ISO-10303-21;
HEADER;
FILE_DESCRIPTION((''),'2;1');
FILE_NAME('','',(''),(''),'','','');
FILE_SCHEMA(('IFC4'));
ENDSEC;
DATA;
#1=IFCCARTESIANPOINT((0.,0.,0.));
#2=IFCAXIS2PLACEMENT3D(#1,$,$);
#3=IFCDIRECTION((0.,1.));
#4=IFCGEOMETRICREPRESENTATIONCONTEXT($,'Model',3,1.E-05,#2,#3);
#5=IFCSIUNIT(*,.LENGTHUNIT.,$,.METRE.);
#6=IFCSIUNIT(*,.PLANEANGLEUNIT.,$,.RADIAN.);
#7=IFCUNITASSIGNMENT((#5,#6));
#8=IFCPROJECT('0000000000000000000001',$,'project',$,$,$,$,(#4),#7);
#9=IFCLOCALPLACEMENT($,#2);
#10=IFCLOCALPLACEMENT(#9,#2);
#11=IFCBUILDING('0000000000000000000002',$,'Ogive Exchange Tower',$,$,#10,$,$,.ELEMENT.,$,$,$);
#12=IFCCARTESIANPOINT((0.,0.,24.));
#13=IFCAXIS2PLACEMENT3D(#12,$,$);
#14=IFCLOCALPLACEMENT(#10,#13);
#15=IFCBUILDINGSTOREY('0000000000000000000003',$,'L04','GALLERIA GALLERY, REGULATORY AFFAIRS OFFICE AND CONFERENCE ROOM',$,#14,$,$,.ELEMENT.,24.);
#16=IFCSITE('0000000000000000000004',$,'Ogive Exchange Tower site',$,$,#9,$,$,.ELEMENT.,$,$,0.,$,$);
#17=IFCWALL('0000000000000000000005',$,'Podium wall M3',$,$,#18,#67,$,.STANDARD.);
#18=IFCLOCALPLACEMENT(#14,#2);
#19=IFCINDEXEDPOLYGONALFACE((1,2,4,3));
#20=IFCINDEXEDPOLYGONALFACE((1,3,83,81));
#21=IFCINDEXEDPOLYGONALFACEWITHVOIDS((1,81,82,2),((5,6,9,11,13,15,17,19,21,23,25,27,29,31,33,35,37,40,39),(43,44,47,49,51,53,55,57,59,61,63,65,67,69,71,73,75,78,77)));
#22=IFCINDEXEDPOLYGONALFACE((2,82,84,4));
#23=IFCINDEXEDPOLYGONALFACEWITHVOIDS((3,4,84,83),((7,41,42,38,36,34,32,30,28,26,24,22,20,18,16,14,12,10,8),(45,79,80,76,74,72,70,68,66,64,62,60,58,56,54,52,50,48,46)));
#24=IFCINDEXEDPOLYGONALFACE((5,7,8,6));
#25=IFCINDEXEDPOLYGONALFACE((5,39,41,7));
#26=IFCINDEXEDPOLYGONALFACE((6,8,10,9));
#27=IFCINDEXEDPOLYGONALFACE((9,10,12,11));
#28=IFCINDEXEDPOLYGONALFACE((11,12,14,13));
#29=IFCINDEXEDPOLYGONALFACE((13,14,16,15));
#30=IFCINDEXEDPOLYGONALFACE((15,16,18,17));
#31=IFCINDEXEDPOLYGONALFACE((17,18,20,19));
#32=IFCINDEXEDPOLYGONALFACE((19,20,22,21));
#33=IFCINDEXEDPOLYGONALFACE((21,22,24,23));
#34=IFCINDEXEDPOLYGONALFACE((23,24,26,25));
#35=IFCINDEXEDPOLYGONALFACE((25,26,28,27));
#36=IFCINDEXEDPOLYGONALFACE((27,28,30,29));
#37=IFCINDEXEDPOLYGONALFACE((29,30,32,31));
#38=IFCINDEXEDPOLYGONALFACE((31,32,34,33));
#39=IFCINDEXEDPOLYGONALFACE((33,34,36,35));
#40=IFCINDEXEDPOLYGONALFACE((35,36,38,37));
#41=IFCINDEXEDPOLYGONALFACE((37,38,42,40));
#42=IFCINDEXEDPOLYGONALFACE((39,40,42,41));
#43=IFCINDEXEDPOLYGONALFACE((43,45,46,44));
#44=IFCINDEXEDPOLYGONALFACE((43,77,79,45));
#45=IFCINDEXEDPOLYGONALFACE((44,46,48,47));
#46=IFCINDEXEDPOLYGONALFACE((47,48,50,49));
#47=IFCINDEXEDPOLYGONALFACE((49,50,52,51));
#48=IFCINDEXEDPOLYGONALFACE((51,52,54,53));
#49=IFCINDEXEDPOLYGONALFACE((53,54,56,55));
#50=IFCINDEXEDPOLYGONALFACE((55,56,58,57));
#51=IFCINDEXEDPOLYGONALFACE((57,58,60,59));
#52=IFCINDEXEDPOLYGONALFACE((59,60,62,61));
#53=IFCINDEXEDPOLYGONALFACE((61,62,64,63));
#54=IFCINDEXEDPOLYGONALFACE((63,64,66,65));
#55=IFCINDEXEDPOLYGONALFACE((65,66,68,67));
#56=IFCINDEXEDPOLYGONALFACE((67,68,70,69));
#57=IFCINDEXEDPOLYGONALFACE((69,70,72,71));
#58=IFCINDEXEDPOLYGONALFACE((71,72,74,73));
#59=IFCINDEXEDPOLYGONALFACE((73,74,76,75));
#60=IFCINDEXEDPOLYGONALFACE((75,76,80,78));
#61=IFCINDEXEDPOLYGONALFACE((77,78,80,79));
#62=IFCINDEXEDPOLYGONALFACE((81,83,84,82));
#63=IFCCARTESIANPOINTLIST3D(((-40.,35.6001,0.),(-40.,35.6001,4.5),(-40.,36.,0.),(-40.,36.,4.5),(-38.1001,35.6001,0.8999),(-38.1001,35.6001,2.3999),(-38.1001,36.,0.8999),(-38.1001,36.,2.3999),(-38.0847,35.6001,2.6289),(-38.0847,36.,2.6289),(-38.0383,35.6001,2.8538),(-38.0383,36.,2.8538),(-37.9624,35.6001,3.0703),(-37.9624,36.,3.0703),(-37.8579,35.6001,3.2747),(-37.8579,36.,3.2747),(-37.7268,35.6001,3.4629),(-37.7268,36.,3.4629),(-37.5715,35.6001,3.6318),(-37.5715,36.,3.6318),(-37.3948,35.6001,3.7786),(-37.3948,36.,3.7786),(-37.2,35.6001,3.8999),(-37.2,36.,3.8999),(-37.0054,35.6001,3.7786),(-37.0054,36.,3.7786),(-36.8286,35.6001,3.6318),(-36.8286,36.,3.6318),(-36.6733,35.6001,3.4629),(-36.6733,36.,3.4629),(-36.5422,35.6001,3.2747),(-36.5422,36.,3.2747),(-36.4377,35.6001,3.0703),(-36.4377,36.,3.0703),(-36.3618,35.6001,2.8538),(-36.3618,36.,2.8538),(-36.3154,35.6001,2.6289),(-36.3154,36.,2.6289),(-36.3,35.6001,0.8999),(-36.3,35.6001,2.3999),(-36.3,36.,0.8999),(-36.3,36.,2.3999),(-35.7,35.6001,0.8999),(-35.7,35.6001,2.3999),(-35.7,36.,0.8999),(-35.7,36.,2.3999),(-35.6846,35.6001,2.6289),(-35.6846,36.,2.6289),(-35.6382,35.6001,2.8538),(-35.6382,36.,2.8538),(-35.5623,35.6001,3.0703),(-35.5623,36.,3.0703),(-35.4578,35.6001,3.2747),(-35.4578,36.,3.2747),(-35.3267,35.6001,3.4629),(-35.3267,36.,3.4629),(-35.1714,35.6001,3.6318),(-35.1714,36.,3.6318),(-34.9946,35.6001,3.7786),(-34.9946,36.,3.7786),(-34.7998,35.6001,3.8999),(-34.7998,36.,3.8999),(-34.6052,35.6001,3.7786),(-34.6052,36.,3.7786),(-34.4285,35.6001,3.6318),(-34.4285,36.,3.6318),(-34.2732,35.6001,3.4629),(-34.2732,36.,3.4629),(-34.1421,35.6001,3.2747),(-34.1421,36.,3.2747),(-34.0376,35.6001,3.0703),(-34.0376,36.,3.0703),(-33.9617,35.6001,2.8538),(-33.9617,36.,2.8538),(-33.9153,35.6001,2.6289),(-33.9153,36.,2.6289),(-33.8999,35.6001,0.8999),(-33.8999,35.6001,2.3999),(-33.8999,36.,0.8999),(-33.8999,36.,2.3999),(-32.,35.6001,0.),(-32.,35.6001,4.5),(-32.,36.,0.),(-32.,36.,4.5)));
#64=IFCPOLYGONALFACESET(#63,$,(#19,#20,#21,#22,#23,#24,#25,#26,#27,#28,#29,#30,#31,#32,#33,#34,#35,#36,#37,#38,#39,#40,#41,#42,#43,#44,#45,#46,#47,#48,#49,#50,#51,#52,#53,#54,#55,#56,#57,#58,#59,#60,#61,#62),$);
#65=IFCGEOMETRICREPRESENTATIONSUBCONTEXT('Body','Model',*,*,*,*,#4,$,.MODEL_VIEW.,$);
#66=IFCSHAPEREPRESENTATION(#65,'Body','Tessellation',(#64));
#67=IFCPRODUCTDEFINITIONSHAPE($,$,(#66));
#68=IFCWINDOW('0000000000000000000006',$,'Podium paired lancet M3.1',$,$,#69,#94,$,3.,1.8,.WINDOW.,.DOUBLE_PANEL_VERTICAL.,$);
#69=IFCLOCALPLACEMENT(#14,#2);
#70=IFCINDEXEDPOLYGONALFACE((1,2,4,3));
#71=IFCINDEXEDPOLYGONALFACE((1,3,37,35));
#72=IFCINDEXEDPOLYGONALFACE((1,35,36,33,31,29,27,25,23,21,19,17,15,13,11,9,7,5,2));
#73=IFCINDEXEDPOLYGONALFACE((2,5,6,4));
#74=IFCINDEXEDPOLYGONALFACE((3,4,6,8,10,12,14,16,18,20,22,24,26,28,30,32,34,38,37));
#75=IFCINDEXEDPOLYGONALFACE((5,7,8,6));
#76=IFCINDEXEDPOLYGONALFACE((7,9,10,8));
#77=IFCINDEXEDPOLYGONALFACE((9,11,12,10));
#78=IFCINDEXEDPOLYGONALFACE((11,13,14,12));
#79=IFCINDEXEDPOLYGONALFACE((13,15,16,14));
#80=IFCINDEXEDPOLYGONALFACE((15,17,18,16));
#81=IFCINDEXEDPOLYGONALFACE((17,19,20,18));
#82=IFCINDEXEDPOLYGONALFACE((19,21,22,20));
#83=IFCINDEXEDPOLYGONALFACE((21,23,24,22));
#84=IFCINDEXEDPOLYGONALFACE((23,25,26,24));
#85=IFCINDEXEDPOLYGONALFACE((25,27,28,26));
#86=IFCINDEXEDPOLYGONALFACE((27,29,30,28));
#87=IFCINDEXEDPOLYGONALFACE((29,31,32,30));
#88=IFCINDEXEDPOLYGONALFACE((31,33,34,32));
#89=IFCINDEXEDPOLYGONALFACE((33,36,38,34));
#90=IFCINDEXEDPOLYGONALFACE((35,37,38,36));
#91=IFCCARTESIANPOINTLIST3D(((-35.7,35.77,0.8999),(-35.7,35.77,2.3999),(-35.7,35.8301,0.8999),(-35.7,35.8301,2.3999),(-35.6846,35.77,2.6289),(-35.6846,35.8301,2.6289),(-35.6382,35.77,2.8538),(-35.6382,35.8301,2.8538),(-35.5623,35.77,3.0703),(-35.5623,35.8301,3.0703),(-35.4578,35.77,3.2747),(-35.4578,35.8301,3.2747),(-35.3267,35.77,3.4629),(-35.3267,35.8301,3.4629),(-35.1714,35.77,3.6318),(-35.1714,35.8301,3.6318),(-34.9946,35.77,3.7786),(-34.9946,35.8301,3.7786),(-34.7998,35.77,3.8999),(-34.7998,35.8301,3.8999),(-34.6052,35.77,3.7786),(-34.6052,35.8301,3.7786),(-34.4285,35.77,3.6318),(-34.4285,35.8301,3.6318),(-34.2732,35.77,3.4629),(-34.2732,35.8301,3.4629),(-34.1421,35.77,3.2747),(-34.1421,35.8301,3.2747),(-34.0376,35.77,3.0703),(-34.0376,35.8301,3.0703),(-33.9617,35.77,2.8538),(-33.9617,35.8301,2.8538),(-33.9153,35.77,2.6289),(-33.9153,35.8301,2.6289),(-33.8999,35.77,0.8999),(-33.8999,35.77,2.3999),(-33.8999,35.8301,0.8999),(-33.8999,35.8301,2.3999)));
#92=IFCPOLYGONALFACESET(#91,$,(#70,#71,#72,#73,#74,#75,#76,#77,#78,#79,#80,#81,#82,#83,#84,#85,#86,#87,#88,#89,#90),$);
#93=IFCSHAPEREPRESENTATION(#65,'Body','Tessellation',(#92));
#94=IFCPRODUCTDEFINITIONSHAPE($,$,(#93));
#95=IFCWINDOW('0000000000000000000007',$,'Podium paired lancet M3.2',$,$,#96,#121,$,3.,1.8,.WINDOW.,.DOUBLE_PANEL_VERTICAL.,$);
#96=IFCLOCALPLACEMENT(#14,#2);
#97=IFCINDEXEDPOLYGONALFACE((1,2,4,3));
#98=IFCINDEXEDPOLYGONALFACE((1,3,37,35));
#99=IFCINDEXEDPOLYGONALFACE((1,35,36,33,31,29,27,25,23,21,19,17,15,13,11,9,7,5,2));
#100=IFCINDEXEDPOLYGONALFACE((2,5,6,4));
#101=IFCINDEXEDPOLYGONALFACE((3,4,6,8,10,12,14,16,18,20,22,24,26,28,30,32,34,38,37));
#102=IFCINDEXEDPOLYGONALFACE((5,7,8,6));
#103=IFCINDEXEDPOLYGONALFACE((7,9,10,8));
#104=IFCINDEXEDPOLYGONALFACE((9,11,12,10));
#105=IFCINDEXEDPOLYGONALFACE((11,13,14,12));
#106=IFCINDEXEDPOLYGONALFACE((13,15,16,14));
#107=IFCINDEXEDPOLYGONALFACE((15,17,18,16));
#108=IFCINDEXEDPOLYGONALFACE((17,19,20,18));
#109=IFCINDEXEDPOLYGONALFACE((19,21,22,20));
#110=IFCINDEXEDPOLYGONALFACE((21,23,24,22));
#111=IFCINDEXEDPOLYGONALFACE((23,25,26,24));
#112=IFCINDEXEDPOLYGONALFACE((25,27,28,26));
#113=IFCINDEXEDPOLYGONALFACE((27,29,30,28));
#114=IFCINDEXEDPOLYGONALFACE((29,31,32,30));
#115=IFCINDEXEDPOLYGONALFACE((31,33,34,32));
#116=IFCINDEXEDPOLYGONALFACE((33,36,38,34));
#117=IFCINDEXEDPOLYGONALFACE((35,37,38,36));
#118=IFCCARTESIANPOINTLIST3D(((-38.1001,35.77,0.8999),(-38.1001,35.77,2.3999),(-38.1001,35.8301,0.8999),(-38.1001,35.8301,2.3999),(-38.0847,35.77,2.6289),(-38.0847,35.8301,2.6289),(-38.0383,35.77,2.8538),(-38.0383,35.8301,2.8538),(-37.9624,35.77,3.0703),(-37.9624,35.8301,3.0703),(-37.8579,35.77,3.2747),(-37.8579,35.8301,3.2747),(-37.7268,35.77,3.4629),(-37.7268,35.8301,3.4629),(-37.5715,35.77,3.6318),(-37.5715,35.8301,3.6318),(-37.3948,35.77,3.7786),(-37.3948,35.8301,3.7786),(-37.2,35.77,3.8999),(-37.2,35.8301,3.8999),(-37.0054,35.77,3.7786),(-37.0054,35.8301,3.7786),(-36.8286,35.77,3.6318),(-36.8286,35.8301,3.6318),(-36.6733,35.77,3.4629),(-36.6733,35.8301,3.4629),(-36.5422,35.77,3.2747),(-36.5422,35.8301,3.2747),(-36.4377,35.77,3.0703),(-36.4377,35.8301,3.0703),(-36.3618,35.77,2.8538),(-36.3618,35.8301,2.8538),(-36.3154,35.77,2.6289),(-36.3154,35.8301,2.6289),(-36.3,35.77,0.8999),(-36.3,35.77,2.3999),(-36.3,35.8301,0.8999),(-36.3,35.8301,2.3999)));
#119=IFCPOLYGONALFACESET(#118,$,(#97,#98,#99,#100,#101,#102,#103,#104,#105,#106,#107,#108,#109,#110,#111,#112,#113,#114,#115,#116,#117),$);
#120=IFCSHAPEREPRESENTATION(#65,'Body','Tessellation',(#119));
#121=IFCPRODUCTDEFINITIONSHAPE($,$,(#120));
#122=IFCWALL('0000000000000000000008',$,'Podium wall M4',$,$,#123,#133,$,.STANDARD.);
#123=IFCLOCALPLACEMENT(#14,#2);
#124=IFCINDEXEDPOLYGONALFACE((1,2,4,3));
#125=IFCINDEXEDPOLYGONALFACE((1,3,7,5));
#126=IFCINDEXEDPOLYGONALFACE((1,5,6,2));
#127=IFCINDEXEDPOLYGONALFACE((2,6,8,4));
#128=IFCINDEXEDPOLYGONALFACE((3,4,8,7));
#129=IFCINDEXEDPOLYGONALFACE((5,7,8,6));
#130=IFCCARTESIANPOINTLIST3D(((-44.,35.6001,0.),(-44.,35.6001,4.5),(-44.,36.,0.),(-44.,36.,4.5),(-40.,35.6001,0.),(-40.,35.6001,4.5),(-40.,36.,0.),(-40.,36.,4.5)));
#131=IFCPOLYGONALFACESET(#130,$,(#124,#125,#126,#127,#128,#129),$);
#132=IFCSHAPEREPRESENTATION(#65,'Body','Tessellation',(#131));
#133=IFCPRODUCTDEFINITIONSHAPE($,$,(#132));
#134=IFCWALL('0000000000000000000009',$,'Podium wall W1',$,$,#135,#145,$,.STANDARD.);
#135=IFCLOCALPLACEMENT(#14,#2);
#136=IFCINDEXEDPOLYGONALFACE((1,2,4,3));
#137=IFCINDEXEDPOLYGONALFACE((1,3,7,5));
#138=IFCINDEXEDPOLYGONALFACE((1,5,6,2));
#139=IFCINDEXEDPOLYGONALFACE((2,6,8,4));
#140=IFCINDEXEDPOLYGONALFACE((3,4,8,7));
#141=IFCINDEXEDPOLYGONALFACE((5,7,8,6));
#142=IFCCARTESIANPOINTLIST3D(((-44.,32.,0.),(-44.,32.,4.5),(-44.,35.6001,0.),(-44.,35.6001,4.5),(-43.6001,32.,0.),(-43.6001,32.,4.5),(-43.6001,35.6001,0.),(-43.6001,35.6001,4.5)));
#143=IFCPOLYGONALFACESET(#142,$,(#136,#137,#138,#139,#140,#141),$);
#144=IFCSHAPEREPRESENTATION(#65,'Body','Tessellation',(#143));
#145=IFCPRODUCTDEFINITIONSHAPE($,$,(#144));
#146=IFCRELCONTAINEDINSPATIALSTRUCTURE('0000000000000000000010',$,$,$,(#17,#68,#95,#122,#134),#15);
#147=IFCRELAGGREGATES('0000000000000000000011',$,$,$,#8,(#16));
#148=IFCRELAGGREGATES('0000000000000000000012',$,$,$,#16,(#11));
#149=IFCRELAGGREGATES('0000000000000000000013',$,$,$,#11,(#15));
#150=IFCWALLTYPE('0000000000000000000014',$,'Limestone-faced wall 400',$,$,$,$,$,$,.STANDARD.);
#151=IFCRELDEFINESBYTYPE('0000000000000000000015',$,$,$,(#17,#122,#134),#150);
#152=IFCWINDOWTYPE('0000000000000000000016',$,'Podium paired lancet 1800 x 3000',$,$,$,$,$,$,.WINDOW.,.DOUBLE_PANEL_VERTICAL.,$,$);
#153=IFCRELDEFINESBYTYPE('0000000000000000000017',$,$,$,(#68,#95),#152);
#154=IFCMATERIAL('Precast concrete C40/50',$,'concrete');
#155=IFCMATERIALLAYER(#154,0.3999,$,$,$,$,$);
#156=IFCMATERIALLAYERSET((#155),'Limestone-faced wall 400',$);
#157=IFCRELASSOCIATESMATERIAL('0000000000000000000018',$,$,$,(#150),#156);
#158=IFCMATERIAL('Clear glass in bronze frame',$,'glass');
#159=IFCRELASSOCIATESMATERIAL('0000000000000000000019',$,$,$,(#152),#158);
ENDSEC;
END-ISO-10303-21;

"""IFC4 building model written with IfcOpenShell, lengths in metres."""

from ifc_helpers import new_model, si_unit, direction, frame, frame_2d, origin, place, context, subcontext, project, spatial, polyline, rectangle, outline, extrude, material, layer, layer_set, type_object, element, fill, save


model = new_model("IFC4")

# Units and contexts
model_context = context("Model", 3, precision=1e-05, world=origin(), true_north=direction((0.0, 1.0)))
body_context = subcontext(model_context, "Body", "Model", "MODEL_VIEW")
ifc_project = project(units=[si_unit("LENGTHUNIT", "METRE"), si_unit("PLANEANGLEUNIT", "RADIAN")], contexts=[model_context])

# Site, building, storey
site_placement = place(None, origin())
site = spatial("IfcSite", under=ifc_project, at=site_placement, Name="Ogive Exchange Tower site", CompositionType="ELEMENT", RefElevation=0.0)
building_placement = place(site_placement, origin())
building = spatial("IfcBuilding", under=site, at=building_placement, Name="Ogive Exchange Tower", CompositionType="ELEMENT")
storey_placement = place(building_placement, frame((0.0, 0.0, 24.0)))
storey = spatial("IfcBuildingStorey", under=building, at=storey_placement, Name="L04", Description="GALLERIA GALLERY, REGULATORY AFFAIRS OFFICE AND CONFERENCE ROOM", CompositionType="ELEMENT", Elevation=24.0)

# Wall, openings, windows
ifc_material_1 = material(Name="Precast concrete C40/50", Category="concrete")
ifc_layer_1 = layer(ifc_material_1, 0.3999)
ifc_layer_set_1 = layer_set([ifc_layer_1], Name="Limestone-faced wall 400")
wall_type_1 = type_object("IfcWallType", Name="Limestone-faced wall 400", PredefinedType="STANDARD", material=ifc_layer_set_1)
wall_1_placement = place(storey_placement, frame((-32.0, 35.8, 0.0), z_axis=(0.0, 0.0, 1.0), x_axis=(-1.0, 0.0, 0.0)))
wall_1 = element("IfcWall", 1, at=wall_1_placement, inside=storey, type_object=wall_type_1, Name="Podium wall M3", PredefinedType="STANDARD", context=body_context, shape_type="SweptSolid", body=[
    extrude(rectangle(XDim=8.0, YDim=0.3999, at=frame_2d((4.0, 0.0))), origin(), (0.0, 0.0, 1.0), 4.5),
])
opening_1_placement = place(wall_1_placement, frame((1.8999, 0.0, 0.8999)))
opening_1 = element("IfcOpeningElement", 2, at=opening_1_placement, cuts=wall_1, PredefinedType="OPENING", context=body_context, shape_type="SweptSolid", body=[
    extrude(outline(polyline([(0.0, 0.0), (1.8, 0.0), (1.8, 1.5), (1.7847, 1.729), (1.7383, 1.9539), (1.6624, 2.1704), (1.5579, 2.3748), (1.4268, 2.563), (1.2715, 2.7319), (1.0947, 2.8787), (0.8999, 3.0), (0.7053, 2.8787), (0.5286, 2.7319), (0.3733, 2.563), (0.2422, 2.3748), (0.1377, 2.1704), (0.0618, 1.9539), (0.0154, 1.729), (0.0, 1.5), (0.0, 0.0)])), frame((0.0, 0.21, 0.0), z_axis=(0.0, -1.0, 0.0), x_axis=(1.0, 0.0, 0.0)), (0.0, 0.0, 1.0), 0.4199),
])
opening_2_placement = place(wall_1_placement, frame((4.3, 0.0, 0.8999)))
opening_2 = element("IfcOpeningElement", 3, at=opening_2_placement, cuts=wall_1, PredefinedType="OPENING", context=body_context, shape_type="SweptSolid", body=[
    extrude(outline(polyline([(0.0, 0.0), (1.8, 0.0), (1.8, 1.5), (1.7847, 1.729), (1.7383, 1.9539), (1.6624, 2.1704), (1.5579, 2.3748), (1.4268, 2.563), (1.2715, 2.7319), (1.0947, 2.8787), (0.8999, 3.0), (0.7053, 2.8787), (0.5286, 2.7319), (0.3733, 2.563), (0.2422, 2.3748), (0.1377, 2.1704), (0.0618, 1.9539), (0.0154, 1.729), (0.0, 1.5), (0.0, 0.0)])), frame((0.0, 0.21, 0.0), z_axis=(0.0, -1.0, 0.0), x_axis=(1.0, 0.0, 0.0)), (0.0, 0.0, 1.0), 0.4199),
])
ifc_material_2 = material(Name="Clear glass in bronze frame", Category="glass")
window_type_1 = type_object("IfcWindowType", Name="Podium paired lancet 1800 x 3000", PartitioningType="DOUBLE_PANEL_VERTICAL", PredefinedType="WINDOW", material=ifc_material_2)
window_1_placement = place(opening_1_placement, origin())
window_1 = element("IfcWindow", 4, at=window_1_placement, inside=storey, type_object=window_type_1, Name="Podium paired lancet M3.1", OverallHeight=3.0, OverallWidth=1.8, PartitioningType="DOUBLE_PANEL_VERTICAL", PredefinedType="WINDOW", context=body_context, shape_type="SweptSolid", body=[
    extrude(outline(polyline([(0.0, 0.0), (1.8, 0.0), (1.8, 1.5), (1.7847, 1.729), (1.7383, 1.9539), (1.6624, 2.1704), (1.5579, 2.3748), (1.4268, 2.563), (1.2715, 2.7319), (1.0947, 2.8787), (0.8999, 3.0), (0.7053, 2.8787), (0.5286, 2.7319), (0.3733, 2.563), (0.2422, 2.3748), (0.1377, 2.1704), (0.0618, 1.9539), (0.0154, 1.729), (0.0, 1.5), (0.0, 0.0)])), frame((0.0, 0.03, 0.0), z_axis=(0.0, -1.0, 0.0), x_axis=(1.0, 0.0, 0.0)), (0.0, 0.0, 1.0), 0.0601),
])
fill(opening_1, window_1)
window_2_placement = place(opening_2_placement, origin())
window_2 = element("IfcWindow", 5, at=window_2_placement, inside=storey, type_object=window_type_1, Name="Podium paired lancet M3.2", OverallHeight=3.0, OverallWidth=1.8, PartitioningType="DOUBLE_PANEL_VERTICAL", PredefinedType="WINDOW", context=body_context, shape_type="SweptSolid", body=[
    extrude(outline(polyline([(0.0, 0.0), (1.8, 0.0), (1.8, 1.5), (1.7847, 1.729), (1.7383, 1.9539), (1.6624, 2.1704), (1.5579, 2.3748), (1.4268, 2.563), (1.2715, 2.7319), (1.0947, 2.8787), (0.8999, 3.0), (0.7053, 2.8787), (0.5286, 2.7319), (0.3733, 2.563), (0.2422, 2.3748), (0.1377, 2.1704), (0.0618, 1.9539), (0.0154, 1.729), (0.0, 1.5), (0.0, 0.0)])), frame((0.0, 0.03, 0.0), z_axis=(0.0, -1.0, 0.0), x_axis=(1.0, 0.0, 0.0)), (0.0, 0.0, 1.0), 0.0601),
])
fill(opening_2, window_2)

# Walls
wall_2_placement = place(storey_placement, frame((-40.0, 35.8, 0.0), z_axis=(0.0, 0.0, 1.0), x_axis=(-1.0, 0.0, 0.0)))
element("IfcWall", 6, at=wall_2_placement, inside=storey, type_object=wall_type_1, Name="Podium wall M4", PredefinedType="STANDARD", context=body_context, shape_type="SweptSolid", body=[
    extrude(rectangle(XDim=4.0, YDim=0.3999, at=frame_2d((2.0, 0.0))), origin(), (0.0, 0.0, 1.0), 4.5),
])
wall_3_placement = place(storey_placement, frame((-43.8, 35.6001, 0.0), z_axis=(0.0, 0.0, 1.0), x_axis=(0.0, -1.0, 0.0)))
element("IfcWall", 7, at=wall_3_placement, inside=storey, type_object=wall_type_1, Name="Podium wall W1", PredefinedType="STANDARD", context=body_context, shape_type="SweptSolid", body=[
    extrude(rectangle(XDim=3.6001, YDim=0.3999, at=frame_2d((1.8, 0.0))), origin(), (0.0, 0.0, 1.0), 4.5),
])

save(model, "model.ifc")
